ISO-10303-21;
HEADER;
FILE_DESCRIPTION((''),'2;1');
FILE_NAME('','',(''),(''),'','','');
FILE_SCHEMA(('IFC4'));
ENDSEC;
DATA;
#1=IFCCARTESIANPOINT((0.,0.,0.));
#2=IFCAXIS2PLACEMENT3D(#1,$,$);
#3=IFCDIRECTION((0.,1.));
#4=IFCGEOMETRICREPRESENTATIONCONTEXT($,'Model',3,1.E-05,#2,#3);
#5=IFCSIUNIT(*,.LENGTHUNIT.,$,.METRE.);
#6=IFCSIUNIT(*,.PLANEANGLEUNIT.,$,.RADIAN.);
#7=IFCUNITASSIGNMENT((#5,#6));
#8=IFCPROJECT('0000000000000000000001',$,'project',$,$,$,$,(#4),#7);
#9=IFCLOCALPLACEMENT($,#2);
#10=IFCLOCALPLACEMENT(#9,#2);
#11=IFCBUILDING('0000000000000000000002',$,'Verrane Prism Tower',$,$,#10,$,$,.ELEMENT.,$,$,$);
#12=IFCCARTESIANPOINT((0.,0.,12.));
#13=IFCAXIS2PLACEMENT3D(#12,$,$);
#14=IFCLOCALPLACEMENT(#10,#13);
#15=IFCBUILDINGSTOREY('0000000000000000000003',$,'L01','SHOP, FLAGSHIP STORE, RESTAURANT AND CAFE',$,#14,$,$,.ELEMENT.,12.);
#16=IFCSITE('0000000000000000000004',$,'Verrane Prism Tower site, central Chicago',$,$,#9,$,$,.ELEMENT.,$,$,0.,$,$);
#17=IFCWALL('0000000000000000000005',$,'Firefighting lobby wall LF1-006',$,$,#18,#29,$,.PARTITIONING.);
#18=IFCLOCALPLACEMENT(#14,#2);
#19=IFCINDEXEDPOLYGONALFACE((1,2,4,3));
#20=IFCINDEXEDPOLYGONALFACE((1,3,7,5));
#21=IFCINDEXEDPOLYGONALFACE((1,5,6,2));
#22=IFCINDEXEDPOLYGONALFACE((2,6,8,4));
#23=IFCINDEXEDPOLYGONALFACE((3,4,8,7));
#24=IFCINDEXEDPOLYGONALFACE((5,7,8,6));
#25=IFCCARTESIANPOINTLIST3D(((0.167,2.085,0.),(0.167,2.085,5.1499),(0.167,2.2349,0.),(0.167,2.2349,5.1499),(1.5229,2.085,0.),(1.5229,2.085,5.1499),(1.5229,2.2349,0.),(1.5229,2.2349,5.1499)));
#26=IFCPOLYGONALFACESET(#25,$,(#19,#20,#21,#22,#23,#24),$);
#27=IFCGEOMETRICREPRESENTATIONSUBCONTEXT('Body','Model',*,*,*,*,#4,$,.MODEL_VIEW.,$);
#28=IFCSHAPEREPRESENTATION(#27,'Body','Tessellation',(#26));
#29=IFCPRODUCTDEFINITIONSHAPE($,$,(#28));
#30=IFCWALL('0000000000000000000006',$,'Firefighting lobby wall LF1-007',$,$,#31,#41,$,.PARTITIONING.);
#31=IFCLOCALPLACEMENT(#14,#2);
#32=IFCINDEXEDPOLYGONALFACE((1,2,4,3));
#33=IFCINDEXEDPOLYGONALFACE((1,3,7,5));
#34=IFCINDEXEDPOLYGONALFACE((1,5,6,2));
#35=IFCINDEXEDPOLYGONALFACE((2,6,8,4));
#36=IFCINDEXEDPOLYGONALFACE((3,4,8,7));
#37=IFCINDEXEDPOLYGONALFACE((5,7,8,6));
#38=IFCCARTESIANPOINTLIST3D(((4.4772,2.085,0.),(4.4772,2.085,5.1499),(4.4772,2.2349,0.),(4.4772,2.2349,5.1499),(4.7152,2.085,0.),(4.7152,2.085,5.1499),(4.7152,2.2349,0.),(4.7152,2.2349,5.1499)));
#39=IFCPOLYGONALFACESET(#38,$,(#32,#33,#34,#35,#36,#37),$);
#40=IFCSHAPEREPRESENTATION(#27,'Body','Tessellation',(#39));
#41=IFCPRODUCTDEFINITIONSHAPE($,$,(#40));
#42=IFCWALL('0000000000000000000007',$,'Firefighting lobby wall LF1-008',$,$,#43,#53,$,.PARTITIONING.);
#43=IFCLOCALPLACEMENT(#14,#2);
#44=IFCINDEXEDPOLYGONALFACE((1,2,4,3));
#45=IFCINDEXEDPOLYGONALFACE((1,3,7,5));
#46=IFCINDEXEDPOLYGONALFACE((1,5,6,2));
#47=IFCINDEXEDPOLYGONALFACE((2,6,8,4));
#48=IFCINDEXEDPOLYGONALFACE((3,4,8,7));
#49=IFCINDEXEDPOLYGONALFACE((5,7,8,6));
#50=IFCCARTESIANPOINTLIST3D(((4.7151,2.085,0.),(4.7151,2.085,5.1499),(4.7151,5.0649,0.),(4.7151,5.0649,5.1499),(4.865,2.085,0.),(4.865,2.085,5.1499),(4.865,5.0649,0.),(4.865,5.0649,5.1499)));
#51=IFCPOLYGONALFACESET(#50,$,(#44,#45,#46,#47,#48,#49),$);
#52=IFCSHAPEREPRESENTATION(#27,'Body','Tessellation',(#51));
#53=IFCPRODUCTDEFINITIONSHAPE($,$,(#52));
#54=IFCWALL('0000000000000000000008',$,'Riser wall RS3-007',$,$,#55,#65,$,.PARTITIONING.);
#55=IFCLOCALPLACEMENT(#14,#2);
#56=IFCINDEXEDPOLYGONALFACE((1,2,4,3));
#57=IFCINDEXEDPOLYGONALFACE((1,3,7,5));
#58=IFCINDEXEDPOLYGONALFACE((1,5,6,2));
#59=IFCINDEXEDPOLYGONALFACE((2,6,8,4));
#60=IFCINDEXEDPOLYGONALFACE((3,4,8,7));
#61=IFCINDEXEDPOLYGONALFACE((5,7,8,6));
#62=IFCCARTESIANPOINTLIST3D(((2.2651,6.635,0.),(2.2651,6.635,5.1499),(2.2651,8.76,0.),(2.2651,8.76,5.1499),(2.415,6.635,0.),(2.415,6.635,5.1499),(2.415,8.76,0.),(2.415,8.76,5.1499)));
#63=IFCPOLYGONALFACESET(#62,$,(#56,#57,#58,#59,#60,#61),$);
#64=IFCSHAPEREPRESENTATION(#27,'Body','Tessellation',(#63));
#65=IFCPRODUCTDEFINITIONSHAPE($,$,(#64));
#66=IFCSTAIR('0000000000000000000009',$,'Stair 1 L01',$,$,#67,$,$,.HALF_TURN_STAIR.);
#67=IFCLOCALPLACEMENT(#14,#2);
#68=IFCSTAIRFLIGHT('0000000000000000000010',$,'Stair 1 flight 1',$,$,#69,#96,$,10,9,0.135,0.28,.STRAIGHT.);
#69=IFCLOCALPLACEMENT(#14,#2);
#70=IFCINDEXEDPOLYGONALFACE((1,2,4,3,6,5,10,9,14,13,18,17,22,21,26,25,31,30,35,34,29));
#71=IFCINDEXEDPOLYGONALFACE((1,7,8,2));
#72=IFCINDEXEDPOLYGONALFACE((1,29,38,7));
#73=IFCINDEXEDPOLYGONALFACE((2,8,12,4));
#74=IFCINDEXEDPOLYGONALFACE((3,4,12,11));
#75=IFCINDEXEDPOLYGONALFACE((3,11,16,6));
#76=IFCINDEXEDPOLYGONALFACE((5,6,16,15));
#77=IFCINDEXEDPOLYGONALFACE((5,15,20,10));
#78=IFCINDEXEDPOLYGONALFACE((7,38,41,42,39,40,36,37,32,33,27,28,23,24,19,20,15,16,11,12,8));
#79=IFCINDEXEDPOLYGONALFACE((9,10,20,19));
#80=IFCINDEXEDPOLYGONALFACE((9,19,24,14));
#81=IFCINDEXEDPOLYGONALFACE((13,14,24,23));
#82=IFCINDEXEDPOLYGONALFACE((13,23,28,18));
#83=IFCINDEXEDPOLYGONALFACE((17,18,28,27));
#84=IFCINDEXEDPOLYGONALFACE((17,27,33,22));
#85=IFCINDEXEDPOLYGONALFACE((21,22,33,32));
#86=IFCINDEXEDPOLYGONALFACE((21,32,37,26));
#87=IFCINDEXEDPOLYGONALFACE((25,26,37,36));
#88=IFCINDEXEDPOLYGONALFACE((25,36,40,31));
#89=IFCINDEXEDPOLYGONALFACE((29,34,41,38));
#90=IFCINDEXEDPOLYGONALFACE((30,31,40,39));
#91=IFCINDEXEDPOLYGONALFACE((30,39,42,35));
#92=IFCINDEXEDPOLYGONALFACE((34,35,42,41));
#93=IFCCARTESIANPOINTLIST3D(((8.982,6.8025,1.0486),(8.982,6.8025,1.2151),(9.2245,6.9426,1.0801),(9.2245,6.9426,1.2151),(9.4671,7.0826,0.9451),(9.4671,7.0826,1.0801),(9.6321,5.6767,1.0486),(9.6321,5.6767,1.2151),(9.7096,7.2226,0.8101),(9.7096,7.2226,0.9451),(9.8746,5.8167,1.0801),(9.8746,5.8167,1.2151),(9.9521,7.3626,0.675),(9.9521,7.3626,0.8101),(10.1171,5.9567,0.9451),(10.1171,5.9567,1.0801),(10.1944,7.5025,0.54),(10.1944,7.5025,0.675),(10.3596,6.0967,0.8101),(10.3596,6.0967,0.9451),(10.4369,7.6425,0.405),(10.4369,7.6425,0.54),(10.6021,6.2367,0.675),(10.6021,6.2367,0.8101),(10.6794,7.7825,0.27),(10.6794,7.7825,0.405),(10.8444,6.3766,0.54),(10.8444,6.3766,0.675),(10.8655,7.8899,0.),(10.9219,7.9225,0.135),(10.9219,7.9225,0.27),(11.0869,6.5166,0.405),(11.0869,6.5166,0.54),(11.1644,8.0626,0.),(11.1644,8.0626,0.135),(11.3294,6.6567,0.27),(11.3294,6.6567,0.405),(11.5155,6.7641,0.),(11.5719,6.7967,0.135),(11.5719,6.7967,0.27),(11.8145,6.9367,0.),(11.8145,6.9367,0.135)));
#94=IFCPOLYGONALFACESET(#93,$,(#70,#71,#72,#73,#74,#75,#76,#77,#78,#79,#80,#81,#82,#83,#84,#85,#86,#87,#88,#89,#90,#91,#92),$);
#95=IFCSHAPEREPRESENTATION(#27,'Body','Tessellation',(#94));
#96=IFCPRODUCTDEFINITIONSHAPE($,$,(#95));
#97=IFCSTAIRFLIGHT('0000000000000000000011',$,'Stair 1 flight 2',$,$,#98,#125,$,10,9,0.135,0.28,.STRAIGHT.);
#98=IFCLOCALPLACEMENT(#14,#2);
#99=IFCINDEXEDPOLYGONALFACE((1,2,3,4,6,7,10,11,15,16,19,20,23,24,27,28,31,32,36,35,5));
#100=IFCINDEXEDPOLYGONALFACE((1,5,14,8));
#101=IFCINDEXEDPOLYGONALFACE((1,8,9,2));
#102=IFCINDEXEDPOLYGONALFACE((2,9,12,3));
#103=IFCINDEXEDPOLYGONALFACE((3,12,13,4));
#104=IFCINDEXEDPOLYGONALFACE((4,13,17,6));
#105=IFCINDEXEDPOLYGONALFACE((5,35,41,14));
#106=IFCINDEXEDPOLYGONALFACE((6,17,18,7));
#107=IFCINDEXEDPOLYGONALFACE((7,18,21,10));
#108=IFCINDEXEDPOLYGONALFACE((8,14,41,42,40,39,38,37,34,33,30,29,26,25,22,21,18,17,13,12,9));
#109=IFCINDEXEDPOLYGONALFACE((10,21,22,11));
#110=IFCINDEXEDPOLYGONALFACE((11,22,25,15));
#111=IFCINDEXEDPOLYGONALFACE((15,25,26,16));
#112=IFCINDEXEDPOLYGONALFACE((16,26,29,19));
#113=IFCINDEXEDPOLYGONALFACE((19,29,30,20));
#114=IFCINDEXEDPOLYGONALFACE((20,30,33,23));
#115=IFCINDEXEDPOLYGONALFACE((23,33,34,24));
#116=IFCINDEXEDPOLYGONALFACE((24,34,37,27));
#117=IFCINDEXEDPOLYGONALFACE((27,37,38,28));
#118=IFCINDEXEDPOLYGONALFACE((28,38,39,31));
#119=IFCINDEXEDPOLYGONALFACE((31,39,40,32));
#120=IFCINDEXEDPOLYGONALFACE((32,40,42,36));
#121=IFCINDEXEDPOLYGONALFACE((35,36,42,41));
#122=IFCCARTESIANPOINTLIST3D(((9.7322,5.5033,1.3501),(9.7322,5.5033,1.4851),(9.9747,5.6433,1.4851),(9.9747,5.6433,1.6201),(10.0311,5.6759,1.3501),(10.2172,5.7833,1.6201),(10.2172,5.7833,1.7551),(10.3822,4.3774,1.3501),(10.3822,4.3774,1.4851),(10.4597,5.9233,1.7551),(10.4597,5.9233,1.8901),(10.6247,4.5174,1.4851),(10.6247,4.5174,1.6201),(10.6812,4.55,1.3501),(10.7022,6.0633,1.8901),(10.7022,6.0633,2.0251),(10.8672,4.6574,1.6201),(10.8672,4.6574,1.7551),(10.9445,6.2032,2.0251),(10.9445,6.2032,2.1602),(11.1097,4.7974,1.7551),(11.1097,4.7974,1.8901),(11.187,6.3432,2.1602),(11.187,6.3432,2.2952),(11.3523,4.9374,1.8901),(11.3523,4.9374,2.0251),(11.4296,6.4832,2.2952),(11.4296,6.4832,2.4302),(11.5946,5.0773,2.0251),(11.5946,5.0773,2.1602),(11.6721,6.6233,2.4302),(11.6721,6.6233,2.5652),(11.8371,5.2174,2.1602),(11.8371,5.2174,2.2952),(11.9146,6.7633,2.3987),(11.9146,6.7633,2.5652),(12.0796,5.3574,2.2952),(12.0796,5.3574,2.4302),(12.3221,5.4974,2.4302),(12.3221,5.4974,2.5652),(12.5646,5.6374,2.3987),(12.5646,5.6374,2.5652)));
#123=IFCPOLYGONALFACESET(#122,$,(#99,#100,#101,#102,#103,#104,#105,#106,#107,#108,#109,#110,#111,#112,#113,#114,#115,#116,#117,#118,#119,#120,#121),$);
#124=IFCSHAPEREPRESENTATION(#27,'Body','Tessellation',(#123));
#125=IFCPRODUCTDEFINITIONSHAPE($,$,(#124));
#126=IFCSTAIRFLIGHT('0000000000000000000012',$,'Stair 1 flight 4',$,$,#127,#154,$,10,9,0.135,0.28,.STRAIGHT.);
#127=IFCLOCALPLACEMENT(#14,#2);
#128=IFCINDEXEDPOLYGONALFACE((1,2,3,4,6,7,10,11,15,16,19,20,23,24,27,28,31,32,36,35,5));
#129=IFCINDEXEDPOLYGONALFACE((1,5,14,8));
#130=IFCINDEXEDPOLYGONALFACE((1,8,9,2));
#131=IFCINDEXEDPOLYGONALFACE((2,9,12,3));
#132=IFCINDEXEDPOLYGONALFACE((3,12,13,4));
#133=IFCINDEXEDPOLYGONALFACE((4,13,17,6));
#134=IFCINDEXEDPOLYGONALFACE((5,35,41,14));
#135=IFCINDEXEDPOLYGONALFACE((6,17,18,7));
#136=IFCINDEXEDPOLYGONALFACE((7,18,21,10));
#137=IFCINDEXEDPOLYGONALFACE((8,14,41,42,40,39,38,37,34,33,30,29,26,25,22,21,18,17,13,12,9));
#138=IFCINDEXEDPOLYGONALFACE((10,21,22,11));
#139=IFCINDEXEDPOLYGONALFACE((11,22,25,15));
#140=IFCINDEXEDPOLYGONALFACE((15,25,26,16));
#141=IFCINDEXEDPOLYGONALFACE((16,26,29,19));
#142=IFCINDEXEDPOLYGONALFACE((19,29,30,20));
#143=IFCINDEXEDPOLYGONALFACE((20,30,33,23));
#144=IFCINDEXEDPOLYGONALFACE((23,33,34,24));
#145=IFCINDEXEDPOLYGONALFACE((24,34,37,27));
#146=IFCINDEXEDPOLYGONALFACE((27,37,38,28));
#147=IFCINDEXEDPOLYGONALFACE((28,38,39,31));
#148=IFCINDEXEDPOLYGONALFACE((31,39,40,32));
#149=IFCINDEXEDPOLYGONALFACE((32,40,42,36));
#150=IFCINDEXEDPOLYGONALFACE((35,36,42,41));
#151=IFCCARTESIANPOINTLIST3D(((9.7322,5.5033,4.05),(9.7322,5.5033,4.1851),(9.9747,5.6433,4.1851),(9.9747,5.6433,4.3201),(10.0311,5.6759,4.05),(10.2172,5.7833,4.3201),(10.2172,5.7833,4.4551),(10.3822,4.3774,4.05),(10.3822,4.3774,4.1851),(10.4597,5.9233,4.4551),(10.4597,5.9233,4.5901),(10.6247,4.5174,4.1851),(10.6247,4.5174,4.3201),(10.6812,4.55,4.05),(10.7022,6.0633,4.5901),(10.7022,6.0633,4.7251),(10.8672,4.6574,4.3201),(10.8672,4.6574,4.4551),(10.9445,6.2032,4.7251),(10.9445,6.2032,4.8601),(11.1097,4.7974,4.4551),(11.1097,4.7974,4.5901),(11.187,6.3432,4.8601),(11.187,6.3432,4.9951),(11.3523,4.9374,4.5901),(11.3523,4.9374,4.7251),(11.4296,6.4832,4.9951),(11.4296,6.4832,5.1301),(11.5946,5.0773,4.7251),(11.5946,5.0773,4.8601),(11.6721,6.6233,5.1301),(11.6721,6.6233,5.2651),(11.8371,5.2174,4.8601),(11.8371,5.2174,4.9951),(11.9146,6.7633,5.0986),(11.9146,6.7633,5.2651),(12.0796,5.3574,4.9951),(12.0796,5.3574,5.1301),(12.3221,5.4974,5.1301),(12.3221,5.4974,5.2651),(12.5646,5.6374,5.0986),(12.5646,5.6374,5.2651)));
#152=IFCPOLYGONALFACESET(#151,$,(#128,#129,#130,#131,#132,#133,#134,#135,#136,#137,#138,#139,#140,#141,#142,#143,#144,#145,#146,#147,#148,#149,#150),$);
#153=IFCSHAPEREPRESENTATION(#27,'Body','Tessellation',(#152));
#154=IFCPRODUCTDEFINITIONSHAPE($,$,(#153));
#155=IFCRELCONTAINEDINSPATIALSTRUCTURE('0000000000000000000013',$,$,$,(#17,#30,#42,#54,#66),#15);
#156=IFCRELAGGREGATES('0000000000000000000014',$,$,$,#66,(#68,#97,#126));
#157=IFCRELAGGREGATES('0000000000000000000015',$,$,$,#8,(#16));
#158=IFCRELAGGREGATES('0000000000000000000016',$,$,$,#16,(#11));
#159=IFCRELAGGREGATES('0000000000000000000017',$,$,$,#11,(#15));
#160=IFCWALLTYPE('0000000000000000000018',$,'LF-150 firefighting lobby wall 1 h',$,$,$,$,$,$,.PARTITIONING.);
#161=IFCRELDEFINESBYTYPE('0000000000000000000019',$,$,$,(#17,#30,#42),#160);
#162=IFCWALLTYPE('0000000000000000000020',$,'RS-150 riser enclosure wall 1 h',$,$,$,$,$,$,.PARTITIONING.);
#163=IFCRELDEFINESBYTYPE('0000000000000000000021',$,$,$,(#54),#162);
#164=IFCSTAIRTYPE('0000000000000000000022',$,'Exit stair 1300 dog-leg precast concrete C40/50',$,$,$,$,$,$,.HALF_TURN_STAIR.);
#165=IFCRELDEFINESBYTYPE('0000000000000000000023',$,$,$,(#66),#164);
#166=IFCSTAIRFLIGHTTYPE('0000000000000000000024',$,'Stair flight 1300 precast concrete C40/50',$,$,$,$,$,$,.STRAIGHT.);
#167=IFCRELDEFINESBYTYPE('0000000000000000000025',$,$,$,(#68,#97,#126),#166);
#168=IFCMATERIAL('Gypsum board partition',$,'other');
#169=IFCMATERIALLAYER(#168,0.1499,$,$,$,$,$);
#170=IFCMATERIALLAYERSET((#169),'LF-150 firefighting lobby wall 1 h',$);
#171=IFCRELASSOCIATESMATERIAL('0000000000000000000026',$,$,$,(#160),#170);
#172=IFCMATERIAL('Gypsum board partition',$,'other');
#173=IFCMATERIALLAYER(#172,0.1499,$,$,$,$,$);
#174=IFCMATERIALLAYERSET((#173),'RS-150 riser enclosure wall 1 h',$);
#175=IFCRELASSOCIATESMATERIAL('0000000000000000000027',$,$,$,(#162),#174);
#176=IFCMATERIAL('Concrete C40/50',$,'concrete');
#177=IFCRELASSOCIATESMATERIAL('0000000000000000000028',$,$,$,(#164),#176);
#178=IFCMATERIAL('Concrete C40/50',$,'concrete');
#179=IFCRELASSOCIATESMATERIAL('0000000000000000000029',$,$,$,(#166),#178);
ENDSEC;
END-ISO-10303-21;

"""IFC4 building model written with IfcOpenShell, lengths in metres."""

from ifc_helpers import new_model, si_unit, direction, frame, frame_2d, origin, place, context, subcontext, project, spatial, polyline, rectangle, outline, extrude, material, layer, layer_set, type_object, element, aggregate, save


model = new_model("IFC4")

# Units and contexts
model_context = context("Model", 3, precision=1e-05, world=origin(), true_north=direction((0.0, 1.0)))
body_context = subcontext(model_context, "Body", "Model", "MODEL_VIEW")
ifc_project = project(units=[si_unit("LENGTHUNIT", "METRE"), si_unit("PLANEANGLEUNIT", "RADIAN")], contexts=[model_context])

# Site, building, storey
site_placement = place(None, origin())
site = spatial("IfcSite", under=ifc_project, at=site_placement, Name="Verrane Prism Tower site, central Chicago", CompositionType="ELEMENT", RefElevation=0.0)
building_placement = place(site_placement, origin())
building = spatial("IfcBuilding", under=site, at=building_placement, Name="Verrane Prism Tower", CompositionType="ELEMENT")
storey_placement = place(building_placement, frame((0.0, 0.0, 12.0)))
storey = spatial("IfcBuildingStorey", under=building, at=storey_placement, Name="L01", Description="SHOP, FLAGSHIP STORE, RESTAURANT AND CAFE", CompositionType="ELEMENT", Elevation=12.0)

# Walls
ifc_material_1 = material(Name="Gypsum board partition", Category="other")
ifc_layer_1 = layer(ifc_material_1, 0.1499)
ifc_layer_set_1 = layer_set([ifc_layer_1], Name="LF-150 firefighting lobby wall 1 h")
wall_type_1 = type_object("IfcWallType", Name="LF-150 firefighting lobby wall 1 h", PredefinedType="PARTITIONING", material=ifc_layer_set_1)
wall_1_placement = place(storey_placement, frame((0.167, 2.1599, 0.0), z_axis=(0.0, 0.0, 1.0), x_axis=(1.0, 0.0, 0.0)))
element("IfcWall", 1, at=wall_1_placement, inside=storey, type_object=wall_type_1, Name="Firefighting lobby wall LF1-006", PredefinedType="PARTITIONING", context=body_context, shape_type="SweptSolid", body=[
    extrude(rectangle(XDim=1.356, YDim=0.1499, at=frame_2d((0.678, 0.0))), origin(), (0.0, 0.0, 1.0), 5.1499),
])
wall_2_placement = place(storey_placement, frame((4.4771, 2.1599, 0.0), z_axis=(0.0, 0.0, 1.0), x_axis=(1.0, 0.0, 0.0)))
element("IfcWall", 2, at=wall_2_placement, inside=storey, type_object=wall_type_1, Name="Firefighting lobby wall LF1-007", PredefinedType="PARTITIONING", context=body_context, shape_type="SweptSolid", body=[
    extrude(rectangle(XDim=0.238, YDim=0.1499, at=frame_2d((0.1191, 0.0))), origin(), (0.0, 0.0, 1.0), 5.1499),
])
wall_3_placement = place(storey_placement, frame((4.79, 2.085, 0.0), z_axis=(0.0, 0.0, 1.0), x_axis=(0.0, 1.0, 0.0)))
element("IfcWall", 3, at=wall_3_placement, inside=storey, type_object=wall_type_1, Name="Firefighting lobby wall LF1-008", PredefinedType="PARTITIONING", context=body_context, shape_type="SweptSolid", body=[
    extrude(rectangle(XDim=2.98, YDim=0.1499, at=frame_2d((1.49, 0.0))), origin(), (0.0, 0.0, 1.0), 5.1499),
])
ifc_material_2 = material(Name="Gypsum board partition", Category="other")
ifc_layer_2 = layer(ifc_material_2, 0.1499)
ifc_layer_set_2 = layer_set([ifc_layer_2], Name="RS-150 riser enclosure wall 1 h")
wall_type_2 = type_object("IfcWallType", Name="RS-150 riser enclosure wall 1 h", PredefinedType="PARTITIONING", material=ifc_layer_set_2)
wall_4_placement = place(storey_placement, frame((2.3401, 6.635, 0.0), z_axis=(0.0, 0.0, 1.0), x_axis=(0.0, 1.0, 0.0)))
element("IfcWall", 4, at=wall_4_placement, inside=storey, type_object=wall_type_2, Name="Riser wall RS3-007", PredefinedType="PARTITIONING", context=body_context, shape_type="SweptSolid", body=[
    extrude(rectangle(XDim=2.125, YDim=0.1499, at=frame_2d((1.0625, 0.0))), origin(), (0.0, 0.0, 1.0), 5.1499),
])

# Stair, stair flights
ifc_material_3 = material(Name="Concrete C40/50", Category="concrete")
stair_type = type_object("IfcStairType", Name="Exit stair 1300 dog-leg precast concrete C40/50", PredefinedType="HALF_TURN_STAIR", material=ifc_material_3)
stair_placement = place(storey_placement, origin())
stair = element("IfcStair", 5, at=stair_placement, inside=storey, type_object=stair_type, Name="Stair 1 L01", PredefinedType="HALF_TURN_STAIR")
ifc_material_4 = material(Name="Concrete C40/50", Category="concrete")
stair_flight_type = type_object("IfcStairFlightType", Name="Stair flight 1300 precast concrete C40/50", PredefinedType="STRAIGHT", material=ifc_material_4)
stair_flight_1_placement = place(storey_placement, frame((11.4895, 7.4995, 0.0), z_axis=(0.0, 0.0, 1.0), x_axis=(-0.866025, -0.5, 0.0)))
stair_flight_1 = element("IfcStairFlight", 6, at=stair_flight_1_placement, type_object=stair_flight_type, Name="Stair 1 flight 1", NumberOfRisers=10, NumberOfTreads=9, PredefinedType="STRAIGHT", RiserHeight=0.135, TreadLength=0.28, context=body_context, shape_type="SweptSolid", body=[
    extrude(outline(polyline([(0.0, 0.0), (0.0, 0.135), (0.28, 0.135), (0.28, 0.27), (0.5601, 0.27), (0.5601, 0.405), (0.8401, 0.405), (0.8401, 0.54), (1.1201, 0.54), (1.1201, 0.675), (1.3999, 0.675), (1.3999, 0.8101), (1.6799, 0.8101), (1.6799, 0.9451), (1.96, 0.9451), (1.96, 1.0801), (2.24, 1.0801), (2.24, 1.2151), (2.52, 1.2151), (2.52, 1.3501), (2.52, 1.0486), (0.3452, 0.0), (0.0, 0.0)])), frame((0.0, 0.6499, 0.0), z_axis=(0.0, -1.0, 0.0), x_axis=(1.0, 0.0, 0.0)), (0.0, 0.0, 1.0), 1.3),
])
stair_flight_2_placement = place(storey_placement, frame((10.0571, 4.9404, 1.3501), z_axis=(0.0, 0.0, 1.0), x_axis=(0.866025, 0.5, 0.0)))
stair_flight_2 = element("IfcStairFlight", 7, at=stair_flight_2_placement, type_object=stair_flight_type, Name="Stair 1 flight 2", NumberOfRisers=10, NumberOfTreads=9, PredefinedType="STRAIGHT", RiserHeight=0.135, TreadLength=0.28, context=body_context, shape_type="SweptSolid", body=[
    extrude(outline(polyline([(0.0, 0.0), (0.0, 0.135), (0.28, 0.135), (0.28, 0.27), (0.5601, 0.27), (0.5601, 0.405), (0.8401, 0.405), (0.8401, 0.54), (1.1201, 0.54), (1.1201, 0.675), (1.3999, 0.675), (1.3999, 0.8101), (1.6799, 0.8101), (1.6799, 0.9451), (1.96, 0.9451), (1.96, 1.0801), (2.24, 1.0801), (2.24, 1.2151), (2.52, 1.2151), (2.52, 1.3501), (2.52, 1.0486), (0.3452, 0.0), (0.0, 0.0)])), frame((0.0, 0.6499, 0.0), z_axis=(0.0, -1.0, 0.0), x_axis=(1.0, 0.0, 0.0)), (0.0, 0.0, 1.0), 1.3),
])
stair_flight_3_placement = place(storey_placement, frame((10.0571, 4.9404, 4.05), z_axis=(0.0, 0.0, 1.0), x_axis=(0.866025, 0.5, 0.0)))
stair_flight_3 = element("IfcStairFlight", 8, at=stair_flight_3_placement, type_object=stair_flight_type, Name="Stair 1 flight 4", NumberOfRisers=10, NumberOfTreads=9, PredefinedType="STRAIGHT", RiserHeight=0.135, TreadLength=0.28, context=body_context, shape_type="SweptSolid", body=[
    extrude(outline(polyline([(0.0, 0.0), (0.0, 0.135), (0.28, 0.135), (0.28, 0.27), (0.5601, 0.27), (0.5601, 0.405), (0.8401, 0.405), (0.8401, 0.54), (1.1201, 0.54), (1.1201, 0.675), (1.3999, 0.675), (1.3999, 0.8101), (1.6799, 0.8101), (1.6799, 0.9451), (1.96, 0.9451), (1.96, 1.0801), (2.24, 1.0801), (2.24, 1.2151), (2.52, 1.2151), (2.52, 1.3501), (2.52, 1.0486), (0.3452, 0.0), (0.0, 0.0)])), frame((0.0, 0.6499, 0.0), z_axis=(0.0, -1.0, 0.0), x_axis=(1.0, 0.0, 0.0)), (0.0, 0.0, 1.0), 1.3),
])
aggregate(stair, [stair_flight_1, stair_flight_2, stair_flight_3])

save(model, "model.ifc")
